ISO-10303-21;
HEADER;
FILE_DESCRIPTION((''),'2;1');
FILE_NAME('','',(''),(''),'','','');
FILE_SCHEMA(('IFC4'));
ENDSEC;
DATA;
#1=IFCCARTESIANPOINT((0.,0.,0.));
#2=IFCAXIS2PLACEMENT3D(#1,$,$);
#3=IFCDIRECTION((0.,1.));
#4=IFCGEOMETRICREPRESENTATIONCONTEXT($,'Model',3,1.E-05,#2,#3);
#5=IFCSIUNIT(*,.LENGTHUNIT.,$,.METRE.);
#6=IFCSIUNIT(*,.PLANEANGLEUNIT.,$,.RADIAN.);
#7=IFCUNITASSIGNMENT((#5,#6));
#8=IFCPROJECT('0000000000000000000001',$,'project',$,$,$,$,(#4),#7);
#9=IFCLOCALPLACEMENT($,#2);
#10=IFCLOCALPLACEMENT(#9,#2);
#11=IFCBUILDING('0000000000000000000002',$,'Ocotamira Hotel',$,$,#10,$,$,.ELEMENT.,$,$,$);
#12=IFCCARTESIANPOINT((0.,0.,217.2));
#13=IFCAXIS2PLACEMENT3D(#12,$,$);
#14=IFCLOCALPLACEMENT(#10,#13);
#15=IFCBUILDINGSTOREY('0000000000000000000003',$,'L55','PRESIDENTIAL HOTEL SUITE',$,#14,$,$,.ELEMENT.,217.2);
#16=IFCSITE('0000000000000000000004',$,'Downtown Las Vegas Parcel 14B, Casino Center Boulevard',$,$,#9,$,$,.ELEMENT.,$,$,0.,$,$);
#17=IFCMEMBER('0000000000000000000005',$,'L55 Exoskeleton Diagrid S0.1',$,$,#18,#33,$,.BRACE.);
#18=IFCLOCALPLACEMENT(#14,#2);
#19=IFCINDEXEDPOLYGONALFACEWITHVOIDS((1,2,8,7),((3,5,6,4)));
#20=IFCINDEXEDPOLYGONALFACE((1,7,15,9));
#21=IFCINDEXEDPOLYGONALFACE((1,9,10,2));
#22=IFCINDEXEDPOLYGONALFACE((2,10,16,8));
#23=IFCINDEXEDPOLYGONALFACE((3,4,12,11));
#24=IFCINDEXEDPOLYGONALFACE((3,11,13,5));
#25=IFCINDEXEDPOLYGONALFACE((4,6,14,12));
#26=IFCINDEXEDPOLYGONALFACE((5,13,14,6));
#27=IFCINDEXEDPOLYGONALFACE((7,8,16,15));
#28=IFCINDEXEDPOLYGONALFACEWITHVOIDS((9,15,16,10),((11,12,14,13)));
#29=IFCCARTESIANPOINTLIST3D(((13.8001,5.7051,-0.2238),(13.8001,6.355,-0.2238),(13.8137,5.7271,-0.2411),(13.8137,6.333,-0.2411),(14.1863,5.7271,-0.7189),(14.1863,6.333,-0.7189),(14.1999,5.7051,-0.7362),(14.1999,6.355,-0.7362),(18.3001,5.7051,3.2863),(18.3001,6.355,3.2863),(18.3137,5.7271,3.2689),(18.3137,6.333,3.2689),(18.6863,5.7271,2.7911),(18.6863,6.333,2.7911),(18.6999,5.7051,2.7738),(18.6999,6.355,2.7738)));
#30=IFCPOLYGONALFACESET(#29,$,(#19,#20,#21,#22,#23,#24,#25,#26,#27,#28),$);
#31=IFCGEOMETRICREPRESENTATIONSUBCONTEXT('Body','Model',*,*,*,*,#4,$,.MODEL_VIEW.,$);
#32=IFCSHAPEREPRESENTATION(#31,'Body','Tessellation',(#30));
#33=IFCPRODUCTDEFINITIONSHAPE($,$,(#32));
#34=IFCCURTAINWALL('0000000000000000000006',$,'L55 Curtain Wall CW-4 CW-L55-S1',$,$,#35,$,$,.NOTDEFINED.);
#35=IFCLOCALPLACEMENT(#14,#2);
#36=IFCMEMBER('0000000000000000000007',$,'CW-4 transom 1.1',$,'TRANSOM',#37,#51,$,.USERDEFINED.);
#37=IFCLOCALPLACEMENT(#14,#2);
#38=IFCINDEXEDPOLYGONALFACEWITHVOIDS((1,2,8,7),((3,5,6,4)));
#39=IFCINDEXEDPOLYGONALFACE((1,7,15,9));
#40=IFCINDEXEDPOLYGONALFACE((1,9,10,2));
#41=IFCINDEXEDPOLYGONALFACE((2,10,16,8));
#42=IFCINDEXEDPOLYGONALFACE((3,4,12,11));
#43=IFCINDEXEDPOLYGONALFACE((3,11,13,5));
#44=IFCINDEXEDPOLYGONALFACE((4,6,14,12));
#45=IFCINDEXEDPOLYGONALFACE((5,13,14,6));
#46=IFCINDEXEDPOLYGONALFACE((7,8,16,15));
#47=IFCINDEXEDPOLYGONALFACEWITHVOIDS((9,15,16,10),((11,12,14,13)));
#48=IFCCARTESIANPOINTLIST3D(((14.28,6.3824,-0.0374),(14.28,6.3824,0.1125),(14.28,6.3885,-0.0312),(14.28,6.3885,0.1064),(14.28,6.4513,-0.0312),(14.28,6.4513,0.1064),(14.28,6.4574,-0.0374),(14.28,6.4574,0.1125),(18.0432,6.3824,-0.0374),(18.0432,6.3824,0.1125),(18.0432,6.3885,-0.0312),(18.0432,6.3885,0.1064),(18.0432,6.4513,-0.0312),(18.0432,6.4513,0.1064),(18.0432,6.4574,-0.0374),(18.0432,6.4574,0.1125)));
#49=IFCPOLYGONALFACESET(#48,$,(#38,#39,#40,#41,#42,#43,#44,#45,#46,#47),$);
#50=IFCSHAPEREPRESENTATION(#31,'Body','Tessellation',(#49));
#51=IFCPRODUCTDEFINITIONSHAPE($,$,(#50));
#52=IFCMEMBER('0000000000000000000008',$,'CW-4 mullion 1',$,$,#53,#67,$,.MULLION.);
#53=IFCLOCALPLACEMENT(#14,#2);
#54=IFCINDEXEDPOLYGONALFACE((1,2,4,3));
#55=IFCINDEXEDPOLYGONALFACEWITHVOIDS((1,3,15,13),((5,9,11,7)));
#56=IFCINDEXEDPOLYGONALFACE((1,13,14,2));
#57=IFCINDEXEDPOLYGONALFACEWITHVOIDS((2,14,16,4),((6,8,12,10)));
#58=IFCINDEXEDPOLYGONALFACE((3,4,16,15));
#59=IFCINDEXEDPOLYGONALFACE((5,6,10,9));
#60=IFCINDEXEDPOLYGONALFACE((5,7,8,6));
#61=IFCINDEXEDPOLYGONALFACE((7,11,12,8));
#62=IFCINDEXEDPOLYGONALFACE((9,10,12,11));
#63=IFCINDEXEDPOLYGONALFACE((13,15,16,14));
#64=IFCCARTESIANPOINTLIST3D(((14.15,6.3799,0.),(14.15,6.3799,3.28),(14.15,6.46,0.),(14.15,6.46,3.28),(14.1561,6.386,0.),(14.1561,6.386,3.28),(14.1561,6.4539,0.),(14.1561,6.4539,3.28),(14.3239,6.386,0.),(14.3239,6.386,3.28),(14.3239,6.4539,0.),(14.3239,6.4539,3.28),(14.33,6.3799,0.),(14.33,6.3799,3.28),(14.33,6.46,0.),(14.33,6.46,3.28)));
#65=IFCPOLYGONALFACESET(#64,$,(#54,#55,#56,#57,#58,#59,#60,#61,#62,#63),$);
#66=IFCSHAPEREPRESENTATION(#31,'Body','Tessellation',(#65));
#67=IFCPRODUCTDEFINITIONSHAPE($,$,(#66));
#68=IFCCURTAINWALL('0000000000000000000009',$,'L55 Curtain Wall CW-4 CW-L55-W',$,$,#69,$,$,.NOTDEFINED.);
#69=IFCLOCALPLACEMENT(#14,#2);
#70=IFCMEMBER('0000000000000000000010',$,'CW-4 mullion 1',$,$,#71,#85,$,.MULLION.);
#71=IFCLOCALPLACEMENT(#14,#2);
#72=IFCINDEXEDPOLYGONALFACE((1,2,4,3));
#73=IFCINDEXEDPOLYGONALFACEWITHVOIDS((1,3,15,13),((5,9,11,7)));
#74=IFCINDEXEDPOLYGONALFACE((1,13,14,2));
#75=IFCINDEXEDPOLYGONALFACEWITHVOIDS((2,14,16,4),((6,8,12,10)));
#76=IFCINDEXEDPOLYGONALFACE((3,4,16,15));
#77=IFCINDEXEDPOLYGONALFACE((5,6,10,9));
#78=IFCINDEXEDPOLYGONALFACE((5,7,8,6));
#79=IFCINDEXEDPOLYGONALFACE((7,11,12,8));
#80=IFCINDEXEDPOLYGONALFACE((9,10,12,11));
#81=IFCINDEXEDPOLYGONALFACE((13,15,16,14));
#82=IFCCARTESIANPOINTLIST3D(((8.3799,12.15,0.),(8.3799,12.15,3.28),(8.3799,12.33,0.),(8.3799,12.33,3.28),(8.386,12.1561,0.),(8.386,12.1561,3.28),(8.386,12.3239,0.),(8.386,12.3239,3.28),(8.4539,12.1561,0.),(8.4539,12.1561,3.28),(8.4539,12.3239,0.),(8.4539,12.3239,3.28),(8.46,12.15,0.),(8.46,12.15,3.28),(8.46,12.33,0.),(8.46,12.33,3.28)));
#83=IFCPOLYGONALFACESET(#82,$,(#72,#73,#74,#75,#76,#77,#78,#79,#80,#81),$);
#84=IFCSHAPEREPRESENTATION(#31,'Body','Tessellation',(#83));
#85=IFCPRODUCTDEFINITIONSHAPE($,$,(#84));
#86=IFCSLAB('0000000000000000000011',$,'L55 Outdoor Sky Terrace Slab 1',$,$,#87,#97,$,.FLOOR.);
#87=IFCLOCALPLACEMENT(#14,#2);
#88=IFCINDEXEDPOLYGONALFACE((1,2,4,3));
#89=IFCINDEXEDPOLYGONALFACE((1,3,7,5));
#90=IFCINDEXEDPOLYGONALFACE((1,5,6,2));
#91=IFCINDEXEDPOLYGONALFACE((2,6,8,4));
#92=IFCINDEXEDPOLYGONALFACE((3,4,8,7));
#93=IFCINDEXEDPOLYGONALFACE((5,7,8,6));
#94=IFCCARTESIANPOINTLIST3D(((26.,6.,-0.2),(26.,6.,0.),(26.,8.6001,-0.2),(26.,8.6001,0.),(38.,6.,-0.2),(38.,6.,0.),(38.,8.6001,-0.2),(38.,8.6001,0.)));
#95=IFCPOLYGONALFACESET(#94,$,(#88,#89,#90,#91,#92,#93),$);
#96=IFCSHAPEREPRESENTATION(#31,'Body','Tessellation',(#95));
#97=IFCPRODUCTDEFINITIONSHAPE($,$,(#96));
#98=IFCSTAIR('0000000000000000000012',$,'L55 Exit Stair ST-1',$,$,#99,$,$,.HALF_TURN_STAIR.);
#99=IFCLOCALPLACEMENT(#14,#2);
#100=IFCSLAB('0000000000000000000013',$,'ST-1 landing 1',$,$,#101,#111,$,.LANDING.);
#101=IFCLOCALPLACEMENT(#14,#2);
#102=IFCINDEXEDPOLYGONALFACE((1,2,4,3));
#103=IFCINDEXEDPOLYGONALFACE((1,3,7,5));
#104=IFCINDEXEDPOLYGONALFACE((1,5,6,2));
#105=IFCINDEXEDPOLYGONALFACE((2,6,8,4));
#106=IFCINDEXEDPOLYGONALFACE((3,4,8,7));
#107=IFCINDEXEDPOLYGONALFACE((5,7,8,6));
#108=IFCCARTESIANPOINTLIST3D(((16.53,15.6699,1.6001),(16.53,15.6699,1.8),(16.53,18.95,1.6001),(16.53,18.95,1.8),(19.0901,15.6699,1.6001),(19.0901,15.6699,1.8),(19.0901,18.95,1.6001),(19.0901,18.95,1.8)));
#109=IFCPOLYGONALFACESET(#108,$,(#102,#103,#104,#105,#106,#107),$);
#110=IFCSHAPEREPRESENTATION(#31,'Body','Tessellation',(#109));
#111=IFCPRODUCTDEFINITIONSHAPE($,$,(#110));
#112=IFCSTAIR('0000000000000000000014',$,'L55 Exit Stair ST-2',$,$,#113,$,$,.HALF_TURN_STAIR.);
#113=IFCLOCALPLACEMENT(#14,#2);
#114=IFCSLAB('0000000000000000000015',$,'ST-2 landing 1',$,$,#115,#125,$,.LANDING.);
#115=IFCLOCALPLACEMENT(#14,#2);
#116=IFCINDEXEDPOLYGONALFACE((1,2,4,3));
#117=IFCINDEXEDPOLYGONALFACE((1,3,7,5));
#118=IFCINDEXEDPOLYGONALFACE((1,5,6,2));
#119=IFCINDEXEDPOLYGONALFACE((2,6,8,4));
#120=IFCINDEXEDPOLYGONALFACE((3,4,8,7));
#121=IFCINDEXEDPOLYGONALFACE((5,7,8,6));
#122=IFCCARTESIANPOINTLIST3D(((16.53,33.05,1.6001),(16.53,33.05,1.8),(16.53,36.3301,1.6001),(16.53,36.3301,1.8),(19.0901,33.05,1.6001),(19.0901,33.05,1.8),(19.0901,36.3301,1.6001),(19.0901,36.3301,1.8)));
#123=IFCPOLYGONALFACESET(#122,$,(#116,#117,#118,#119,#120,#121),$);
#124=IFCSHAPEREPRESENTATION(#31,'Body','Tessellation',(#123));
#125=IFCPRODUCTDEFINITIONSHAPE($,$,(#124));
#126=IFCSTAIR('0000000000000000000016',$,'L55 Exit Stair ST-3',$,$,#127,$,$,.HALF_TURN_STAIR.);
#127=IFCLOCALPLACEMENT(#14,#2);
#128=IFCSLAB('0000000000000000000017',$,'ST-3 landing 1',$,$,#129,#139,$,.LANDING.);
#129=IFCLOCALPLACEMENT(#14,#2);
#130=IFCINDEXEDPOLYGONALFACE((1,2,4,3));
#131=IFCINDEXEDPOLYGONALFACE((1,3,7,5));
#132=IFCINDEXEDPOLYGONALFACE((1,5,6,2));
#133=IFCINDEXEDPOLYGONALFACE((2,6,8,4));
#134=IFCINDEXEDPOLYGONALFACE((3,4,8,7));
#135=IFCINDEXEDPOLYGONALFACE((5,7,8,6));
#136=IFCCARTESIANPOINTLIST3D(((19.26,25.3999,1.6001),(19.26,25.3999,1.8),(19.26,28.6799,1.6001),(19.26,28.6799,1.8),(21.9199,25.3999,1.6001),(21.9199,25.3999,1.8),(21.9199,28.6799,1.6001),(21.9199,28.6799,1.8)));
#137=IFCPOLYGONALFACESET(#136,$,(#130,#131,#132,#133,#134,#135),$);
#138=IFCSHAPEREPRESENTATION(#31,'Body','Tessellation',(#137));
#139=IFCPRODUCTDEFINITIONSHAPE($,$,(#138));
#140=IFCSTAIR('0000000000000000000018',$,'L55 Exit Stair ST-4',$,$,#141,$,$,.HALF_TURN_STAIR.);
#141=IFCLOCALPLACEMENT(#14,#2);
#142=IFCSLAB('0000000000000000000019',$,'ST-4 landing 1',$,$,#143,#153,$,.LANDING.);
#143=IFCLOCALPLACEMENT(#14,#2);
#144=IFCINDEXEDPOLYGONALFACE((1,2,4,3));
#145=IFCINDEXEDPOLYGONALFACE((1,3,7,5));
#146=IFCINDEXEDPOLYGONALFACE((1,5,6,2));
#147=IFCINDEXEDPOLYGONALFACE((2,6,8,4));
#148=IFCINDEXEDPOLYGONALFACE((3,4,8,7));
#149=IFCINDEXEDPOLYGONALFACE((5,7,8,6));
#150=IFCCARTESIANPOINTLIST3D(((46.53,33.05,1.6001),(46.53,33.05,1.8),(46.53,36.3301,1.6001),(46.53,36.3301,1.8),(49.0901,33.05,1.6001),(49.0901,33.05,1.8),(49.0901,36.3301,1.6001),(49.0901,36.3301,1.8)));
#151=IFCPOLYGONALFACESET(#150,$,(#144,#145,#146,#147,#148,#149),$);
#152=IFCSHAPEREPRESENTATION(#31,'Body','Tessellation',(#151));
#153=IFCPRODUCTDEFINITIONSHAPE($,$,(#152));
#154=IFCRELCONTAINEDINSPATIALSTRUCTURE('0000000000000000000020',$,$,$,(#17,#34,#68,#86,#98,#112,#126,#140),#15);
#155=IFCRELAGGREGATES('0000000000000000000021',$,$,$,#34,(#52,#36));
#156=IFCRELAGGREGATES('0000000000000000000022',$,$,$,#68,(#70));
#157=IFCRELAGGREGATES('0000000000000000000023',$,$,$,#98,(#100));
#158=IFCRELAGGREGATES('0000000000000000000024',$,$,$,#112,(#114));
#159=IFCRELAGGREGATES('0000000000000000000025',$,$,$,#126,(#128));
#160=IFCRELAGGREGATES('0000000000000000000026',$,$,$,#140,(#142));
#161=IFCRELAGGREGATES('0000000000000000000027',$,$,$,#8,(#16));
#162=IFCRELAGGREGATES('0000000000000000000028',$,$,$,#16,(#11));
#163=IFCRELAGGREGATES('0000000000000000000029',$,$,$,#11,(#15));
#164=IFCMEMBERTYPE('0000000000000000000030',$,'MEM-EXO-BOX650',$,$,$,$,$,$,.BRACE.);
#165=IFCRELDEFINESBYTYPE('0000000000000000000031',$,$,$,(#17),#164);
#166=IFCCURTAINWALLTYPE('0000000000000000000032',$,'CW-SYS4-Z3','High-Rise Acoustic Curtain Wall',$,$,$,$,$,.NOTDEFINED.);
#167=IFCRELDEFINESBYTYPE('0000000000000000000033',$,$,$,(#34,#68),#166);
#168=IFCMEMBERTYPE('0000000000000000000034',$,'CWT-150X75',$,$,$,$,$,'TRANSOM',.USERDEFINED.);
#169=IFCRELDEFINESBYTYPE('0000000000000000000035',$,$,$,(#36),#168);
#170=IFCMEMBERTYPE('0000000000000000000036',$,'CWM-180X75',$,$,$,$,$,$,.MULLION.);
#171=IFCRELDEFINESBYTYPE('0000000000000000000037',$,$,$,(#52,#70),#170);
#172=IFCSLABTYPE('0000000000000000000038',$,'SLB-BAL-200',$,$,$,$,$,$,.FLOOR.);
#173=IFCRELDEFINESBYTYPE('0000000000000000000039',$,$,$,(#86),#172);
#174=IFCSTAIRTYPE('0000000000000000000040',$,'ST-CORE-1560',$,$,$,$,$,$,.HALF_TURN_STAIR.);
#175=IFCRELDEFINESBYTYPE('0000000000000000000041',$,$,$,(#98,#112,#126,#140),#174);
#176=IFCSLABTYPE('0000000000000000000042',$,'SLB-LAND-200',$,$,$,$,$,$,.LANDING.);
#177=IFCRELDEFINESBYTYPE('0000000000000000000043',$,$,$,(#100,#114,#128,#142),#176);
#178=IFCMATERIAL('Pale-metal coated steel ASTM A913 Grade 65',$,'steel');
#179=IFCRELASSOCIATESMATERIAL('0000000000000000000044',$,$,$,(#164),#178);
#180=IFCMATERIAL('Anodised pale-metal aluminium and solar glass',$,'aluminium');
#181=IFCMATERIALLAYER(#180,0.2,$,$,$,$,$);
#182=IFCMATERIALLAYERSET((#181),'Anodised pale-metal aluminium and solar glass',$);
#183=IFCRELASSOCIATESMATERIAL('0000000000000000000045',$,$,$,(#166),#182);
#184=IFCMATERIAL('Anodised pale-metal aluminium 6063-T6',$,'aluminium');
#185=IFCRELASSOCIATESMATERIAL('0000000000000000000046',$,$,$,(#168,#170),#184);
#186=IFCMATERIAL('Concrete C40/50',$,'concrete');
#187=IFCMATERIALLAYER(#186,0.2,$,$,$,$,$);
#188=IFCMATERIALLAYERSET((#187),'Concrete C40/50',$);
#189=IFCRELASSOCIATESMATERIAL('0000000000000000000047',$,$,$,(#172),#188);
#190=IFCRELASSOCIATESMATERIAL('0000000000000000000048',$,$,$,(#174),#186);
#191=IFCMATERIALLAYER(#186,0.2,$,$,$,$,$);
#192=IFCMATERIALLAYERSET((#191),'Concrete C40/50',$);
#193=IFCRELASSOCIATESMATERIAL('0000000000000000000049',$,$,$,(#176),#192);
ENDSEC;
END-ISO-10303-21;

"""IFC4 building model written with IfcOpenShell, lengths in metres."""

from ifc_helpers import new_model, si_unit, direction, frame, origin, origin_2d, place, context, subcontext, project, spatial, polyline, hollow_rectangle, outline, extrude, source, transform, mapped, material, layer, layer_set, material_profile, profile_set, type_object, element, aggregate, save


model = new_model("IFC4")

# Units and contexts
model_context = context("Model", 3, precision=1e-05, world=origin(), true_north=direction((0.0, 1.0)))
body_context = subcontext(model_context, "Body", "Model", "MODEL_VIEW")
ifc_project = project(units=[si_unit("LENGTHUNIT", "METRE"), si_unit("PLANEANGLEUNIT", "RADIAN")], contexts=[model_context])

# Site, building, storey
site_placement = place(None, origin())
site = spatial("IfcSite", under=ifc_project, at=site_placement, Name="Downtown Las Vegas Parcel 14B, Casino Center Boulevard", CompositionType="ELEMENT", RefElevation=0.0)
building_placement = place(site_placement, origin())
building = spatial("IfcBuilding", under=site, at=building_placement, Name="Ocotamira Hotel", CompositionType="ELEMENT")
storey_placement = place(building_placement, frame((0.0, 0.0, 217.2)))
storey = spatial("IfcBuildingStorey", under=building, at=storey_placement, Name="L55", Description="PRESIDENTIAL HOTEL SUITE", CompositionType="ELEMENT", Elevation=217.2)

# Member
ifc_material_1 = material(Name="Pale-metal coated steel ASTM A913 Grade 65", Category="steel")
ifc_material_profile_1 = material_profile(ifc_material_1, hollow_rectangle(XDim=0.6499, YDim=0.6499, WallThickness=0.022, at=origin_2d()), Name="BOX650X650X22")
ifc_profile_set_1 = profile_set([ifc_material_profile_1], Name="Pale-metal coated steel ASTM A913 Grade 65")
member_type_1 = type_object("IfcMemberType", Name="MEM-EXO-BOX650", PredefinedType="BRACE", material=ifc_profile_set_1)
shared_shape_1 = source(origin(), body_context, "Body", "SweptSolid", [
    extrude(hollow_rectangle(XDim=0.6499, YDim=0.6499, WallThickness=0.022, at=origin_2d()), origin(), (0.0, 0.0, 1.0), 5.707),
])
member_1_placement = place(storey_placement, frame((14.0, 6.03, -0.48), z_axis=(0.788501, 0.0, 0.615033), x_axis=(0.0, 1.0, 0.0)))
element("IfcMember", 1, at=member_1_placement, inside=storey, type_object=member_type_1, Name="L55 Exoskeleton Diagrid S0.1", PredefinedType="BRACE", context=body_context, shape_type="MappedRepresentation", body=[
    mapped(shared_shape_1, transform((0.0, 0.0, 0.0), scale=1.0)),
])

# Curtain wall, members
ifc_material_2 = material(Name="Anodised pale-metal aluminium and solar glass", Category="aluminium")
ifc_layer_1 = layer(ifc_material_2, 0.2)
ifc_layer_set_1 = layer_set([ifc_layer_1], Name="Anodised pale-metal aluminium and solar glass")
curtain_wall_type = type_object("IfcCurtainWallType", Name="CW-SYS4-Z3", Description="High-Rise Acoustic Curtain Wall", PredefinedType="NOTDEFINED", material=ifc_layer_set_1)
curtain_wall_1_placement = place(storey_placement, origin())
curtain_wall_1 = element("IfcCurtainWall", 2, at=curtain_wall_1_placement, inside=storey, type_object=curtain_wall_type, Name="L55 Curtain Wall CW-4 CW-L55-S1", PredefinedType="NOTDEFINED")
ifc_material_3 = material(Name="Anodised pale-metal aluminium 6063-T6", Category="aluminium")
ifc_material_profile_2 = material_profile(ifc_material_3, hollow_rectangle(XDim=0.075, YDim=0.1499, WallThickness=0.0061, at=origin_2d()), Name="HSS150X75X6")
ifc_profile_set_2 = profile_set([ifc_material_profile_2], Name="Anodised pale-metal aluminium 6063-T6")
member_type_2 = type_object("IfcMemberType", Name="CWT-150X75", ElementType="TRANSOM", PredefinedType="USERDEFINED", material=ifc_profile_set_2)
shared_shape_2 = source(origin(), body_context, "Body", "SweptSolid", [
    extrude(hollow_rectangle(XDim=0.075, YDim=0.1499, WallThickness=0.0061, at=origin_2d()), origin(), (0.0, 0.0, 1.0), 3.7632),
])
member_2_placement = place(storey_placement, frame((14.28, 6.4199, 0.0376), z_axis=(1.0, 0.0, 0.0), x_axis=(0.0, 1.0, 0.0)))
member_2 = element("IfcMember", 3, at=member_2_placement, type_object=member_type_2, Name="CW-4 transom 1.1", ObjectType="TRANSOM", PredefinedType="USERDEFINED", context=body_context, shape_type="MappedRepresentation", body=[
    mapped(shared_shape_2, transform((0.0, 0.0, 0.0), scale=1.0)),
])
ifc_material_profile_3 = material_profile(ifc_material_3, hollow_rectangle(XDim=0.0801, YDim=0.1799, WallThickness=0.0061, at=origin_2d()), Name="HSS180X80X6")
ifc_profile_set_3 = profile_set([ifc_material_profile_3], Name="Anodised pale-metal aluminium 6063-T6")
member_type_3 = type_object("IfcMemberType", Name="CWM-180X75", PredefinedType="MULLION", material=ifc_profile_set_3)
shared_shape_3 = source(origin(), body_context, "Body", "SweptSolid", [
    extrude(hollow_rectangle(XDim=0.0801, YDim=0.1799, WallThickness=0.0061, at=origin_2d()), origin(), (0.0, 0.0, 1.0), 3.28),
])
member_3_placement = place(storey_placement, frame((14.24, 6.4199, 0.0), z_axis=(0.0, 0.0, 1.0), x_axis=(0.0, 1.0, 0.0)))
member_3 = element("IfcMember", 4, at=member_3_placement, type_object=member_type_3, Name="CW-4 mullion 1", PredefinedType="MULLION", context=body_context, shape_type="MappedRepresentation", body=[
    mapped(shared_shape_3, transform((0.0, 0.0, 0.0), scale=1.0)),
])
aggregate(curtain_wall_1, [member_3, member_2])

# Curtain wall, member
curtain_wall_2_placement = place(storey_placement, origin())
curtain_wall_2 = element("IfcCurtainWall", 5, at=curtain_wall_2_placement, inside=storey, type_object=curtain_wall_type, Name="L55 Curtain Wall CW-4 CW-L55-W", PredefinedType="NOTDEFINED")
member_4_placement = place(storey_placement, frame((8.4199, 12.24, 0.0), z_axis=(0.0, 0.0, 1.0), x_axis=(-1.0, 0.0, 0.0)))
member_4 = element("IfcMember", 6, at=member_4_placement, type_object=member_type_3, Name="CW-4 mullion 1", PredefinedType="MULLION", context=body_context, shape_type="MappedRepresentation", body=[
    mapped(shared_shape_3, transform((0.0, 0.0, 0.0), scale=1.0)),
])
aggregate(curtain_wall_2, [member_4])

# Slab
ifc_material_4 = material(Name="Concrete C40/50", Category="concrete")
ifc_layer_2 = layer(ifc_material_4, 0.2)
ifc_layer_set_2 = layer_set([ifc_layer_2], Name="Concrete C40/50")
slab_type_1 = type_object("IfcSlabType", Name="SLB-BAL-200", PredefinedType="FLOOR", material=ifc_layer_set_2)
slab_1_placement = place(storey_placement, frame((0.0, 0.0, -0.2)))
element("IfcSlab", 7, at=slab_1_placement, inside=storey, type_object=slab_type_1, Name="L55 Outdoor Sky Terrace Slab 1", PredefinedType="FLOOR", context=body_context, shape_type="SweptSolid", body=[
    extrude(outline(polyline([(26.0, 6.0), (38.0, 6.0), (38.0, 8.6001), (26.0, 8.6001), (26.0, 6.0)])), origin(), (0.0, 0.0, 1.0), 0.2),
])

# Stairs, slabs
stair_type = type_object("IfcStairType", Name="ST-CORE-1560", PredefinedType="HALF_TURN_STAIR", material=ifc_material_4)
stair_1_placement = place(storey_placement, origin())
stair_1 = element("IfcStair", 8, at=stair_1_placement, inside=storey, type_object=stair_type, Name="L55 Exit Stair ST-1", PredefinedType="HALF_TURN_STAIR")
ifc_layer_3 = layer(ifc_material_4, 0.2)
ifc_layer_set_3 = layer_set([ifc_layer_3], Name="Concrete C40/50")
slab_type_2 = type_object("IfcSlabType", Name="SLB-LAND-200", PredefinedType="LANDING", material=ifc_layer_set_3)
slab_2_placement = place(storey_placement, frame((0.0, 0.0, 1.6001)))
slab_2 = element("IfcSlab", 9, at=slab_2_placement, type_object=slab_type_2, Name="ST-1 landing 1", PredefinedType="LANDING", context=body_context, shape_type="SweptSolid", body=[
    extrude(outline(polyline([(16.53, 15.6699), (19.0901, 15.6699), (19.0901, 18.95), (16.53, 18.95), (16.53, 15.6699)])), origin(), (0.0, 0.0, 1.0), 0.2),
])
aggregate(stair_1, [slab_2])
stair_2_placement = place(storey_placement, origin())
stair_2 = element("IfcStair", 10, at=stair_2_placement, inside=storey, type_object=stair_type, Name="L55 Exit Stair ST-2", PredefinedType="HALF_TURN_STAIR")
slab_3_placement = place(storey_placement, frame((0.0, 0.0, 1.6001)))
slab_3 = element("IfcSlab", 11, at=slab_3_placement, type_object=slab_type_2, Name="ST-2 landing 1", PredefinedType="LANDING", context=body_context, shape_type="SweptSolid", body=[
    extrude(outline(polyline([(16.53, 33.05), (19.0901, 33.05), (19.0901, 36.3301), (16.53, 36.3301), (16.53, 33.05)])), origin(), (0.0, 0.0, 1.0), 0.2),
])
aggregate(stair_2, [slab_3])
stair_3_placement = place(storey_placement, origin())
stair_3 = element("IfcStair", 12, at=stair_3_placement, inside=storey, type_object=stair_type, Name="L55 Exit Stair ST-3", PredefinedType="HALF_TURN_STAIR")
slab_4_placement = place(storey_placement, frame((0.0, 0.0, 1.6001)))
slab_4 = element("IfcSlab", 13, at=slab_4_placement, type_object=slab_type_2, Name="ST-3 landing 1", PredefinedType="LANDING", context=body_context, shape_type="SweptSolid", body=[
    extrude(outline(polyline([(19.26, 25.3999), (21.9199, 25.3999), (21.9199, 28.6799), (19.26, 28.6799), (19.26, 25.3999)])), origin(), (0.0, 0.0, 1.0), 0.2),
])
aggregate(stair_3, [slab_4])
stair_4_placement = place(storey_placement, origin())
stair_4 = element("IfcStair", 14, at=stair_4_placement, inside=storey, type_object=stair_type, Name="L55 Exit Stair ST-4", PredefinedType="HALF_TURN_STAIR")
slab_5_placement = place(storey_placement, frame((0.0, 0.0, 1.6001)))
slab_5 = element("IfcSlab", 15, at=slab_5_placement, type_object=slab_type_2, Name="ST-4 landing 1", PredefinedType="LANDING", context=body_context, shape_type="SweptSolid", body=[
    extrude(outline(polyline([(46.53, 33.05), (49.0901, 33.05), (49.0901, 36.3301), (46.53, 36.3301), (46.53, 33.05)])), origin(), (0.0, 0.0, 1.0), 0.2),
])
aggregate(stair_4, [slab_5])

save(model, "model.ifc")
